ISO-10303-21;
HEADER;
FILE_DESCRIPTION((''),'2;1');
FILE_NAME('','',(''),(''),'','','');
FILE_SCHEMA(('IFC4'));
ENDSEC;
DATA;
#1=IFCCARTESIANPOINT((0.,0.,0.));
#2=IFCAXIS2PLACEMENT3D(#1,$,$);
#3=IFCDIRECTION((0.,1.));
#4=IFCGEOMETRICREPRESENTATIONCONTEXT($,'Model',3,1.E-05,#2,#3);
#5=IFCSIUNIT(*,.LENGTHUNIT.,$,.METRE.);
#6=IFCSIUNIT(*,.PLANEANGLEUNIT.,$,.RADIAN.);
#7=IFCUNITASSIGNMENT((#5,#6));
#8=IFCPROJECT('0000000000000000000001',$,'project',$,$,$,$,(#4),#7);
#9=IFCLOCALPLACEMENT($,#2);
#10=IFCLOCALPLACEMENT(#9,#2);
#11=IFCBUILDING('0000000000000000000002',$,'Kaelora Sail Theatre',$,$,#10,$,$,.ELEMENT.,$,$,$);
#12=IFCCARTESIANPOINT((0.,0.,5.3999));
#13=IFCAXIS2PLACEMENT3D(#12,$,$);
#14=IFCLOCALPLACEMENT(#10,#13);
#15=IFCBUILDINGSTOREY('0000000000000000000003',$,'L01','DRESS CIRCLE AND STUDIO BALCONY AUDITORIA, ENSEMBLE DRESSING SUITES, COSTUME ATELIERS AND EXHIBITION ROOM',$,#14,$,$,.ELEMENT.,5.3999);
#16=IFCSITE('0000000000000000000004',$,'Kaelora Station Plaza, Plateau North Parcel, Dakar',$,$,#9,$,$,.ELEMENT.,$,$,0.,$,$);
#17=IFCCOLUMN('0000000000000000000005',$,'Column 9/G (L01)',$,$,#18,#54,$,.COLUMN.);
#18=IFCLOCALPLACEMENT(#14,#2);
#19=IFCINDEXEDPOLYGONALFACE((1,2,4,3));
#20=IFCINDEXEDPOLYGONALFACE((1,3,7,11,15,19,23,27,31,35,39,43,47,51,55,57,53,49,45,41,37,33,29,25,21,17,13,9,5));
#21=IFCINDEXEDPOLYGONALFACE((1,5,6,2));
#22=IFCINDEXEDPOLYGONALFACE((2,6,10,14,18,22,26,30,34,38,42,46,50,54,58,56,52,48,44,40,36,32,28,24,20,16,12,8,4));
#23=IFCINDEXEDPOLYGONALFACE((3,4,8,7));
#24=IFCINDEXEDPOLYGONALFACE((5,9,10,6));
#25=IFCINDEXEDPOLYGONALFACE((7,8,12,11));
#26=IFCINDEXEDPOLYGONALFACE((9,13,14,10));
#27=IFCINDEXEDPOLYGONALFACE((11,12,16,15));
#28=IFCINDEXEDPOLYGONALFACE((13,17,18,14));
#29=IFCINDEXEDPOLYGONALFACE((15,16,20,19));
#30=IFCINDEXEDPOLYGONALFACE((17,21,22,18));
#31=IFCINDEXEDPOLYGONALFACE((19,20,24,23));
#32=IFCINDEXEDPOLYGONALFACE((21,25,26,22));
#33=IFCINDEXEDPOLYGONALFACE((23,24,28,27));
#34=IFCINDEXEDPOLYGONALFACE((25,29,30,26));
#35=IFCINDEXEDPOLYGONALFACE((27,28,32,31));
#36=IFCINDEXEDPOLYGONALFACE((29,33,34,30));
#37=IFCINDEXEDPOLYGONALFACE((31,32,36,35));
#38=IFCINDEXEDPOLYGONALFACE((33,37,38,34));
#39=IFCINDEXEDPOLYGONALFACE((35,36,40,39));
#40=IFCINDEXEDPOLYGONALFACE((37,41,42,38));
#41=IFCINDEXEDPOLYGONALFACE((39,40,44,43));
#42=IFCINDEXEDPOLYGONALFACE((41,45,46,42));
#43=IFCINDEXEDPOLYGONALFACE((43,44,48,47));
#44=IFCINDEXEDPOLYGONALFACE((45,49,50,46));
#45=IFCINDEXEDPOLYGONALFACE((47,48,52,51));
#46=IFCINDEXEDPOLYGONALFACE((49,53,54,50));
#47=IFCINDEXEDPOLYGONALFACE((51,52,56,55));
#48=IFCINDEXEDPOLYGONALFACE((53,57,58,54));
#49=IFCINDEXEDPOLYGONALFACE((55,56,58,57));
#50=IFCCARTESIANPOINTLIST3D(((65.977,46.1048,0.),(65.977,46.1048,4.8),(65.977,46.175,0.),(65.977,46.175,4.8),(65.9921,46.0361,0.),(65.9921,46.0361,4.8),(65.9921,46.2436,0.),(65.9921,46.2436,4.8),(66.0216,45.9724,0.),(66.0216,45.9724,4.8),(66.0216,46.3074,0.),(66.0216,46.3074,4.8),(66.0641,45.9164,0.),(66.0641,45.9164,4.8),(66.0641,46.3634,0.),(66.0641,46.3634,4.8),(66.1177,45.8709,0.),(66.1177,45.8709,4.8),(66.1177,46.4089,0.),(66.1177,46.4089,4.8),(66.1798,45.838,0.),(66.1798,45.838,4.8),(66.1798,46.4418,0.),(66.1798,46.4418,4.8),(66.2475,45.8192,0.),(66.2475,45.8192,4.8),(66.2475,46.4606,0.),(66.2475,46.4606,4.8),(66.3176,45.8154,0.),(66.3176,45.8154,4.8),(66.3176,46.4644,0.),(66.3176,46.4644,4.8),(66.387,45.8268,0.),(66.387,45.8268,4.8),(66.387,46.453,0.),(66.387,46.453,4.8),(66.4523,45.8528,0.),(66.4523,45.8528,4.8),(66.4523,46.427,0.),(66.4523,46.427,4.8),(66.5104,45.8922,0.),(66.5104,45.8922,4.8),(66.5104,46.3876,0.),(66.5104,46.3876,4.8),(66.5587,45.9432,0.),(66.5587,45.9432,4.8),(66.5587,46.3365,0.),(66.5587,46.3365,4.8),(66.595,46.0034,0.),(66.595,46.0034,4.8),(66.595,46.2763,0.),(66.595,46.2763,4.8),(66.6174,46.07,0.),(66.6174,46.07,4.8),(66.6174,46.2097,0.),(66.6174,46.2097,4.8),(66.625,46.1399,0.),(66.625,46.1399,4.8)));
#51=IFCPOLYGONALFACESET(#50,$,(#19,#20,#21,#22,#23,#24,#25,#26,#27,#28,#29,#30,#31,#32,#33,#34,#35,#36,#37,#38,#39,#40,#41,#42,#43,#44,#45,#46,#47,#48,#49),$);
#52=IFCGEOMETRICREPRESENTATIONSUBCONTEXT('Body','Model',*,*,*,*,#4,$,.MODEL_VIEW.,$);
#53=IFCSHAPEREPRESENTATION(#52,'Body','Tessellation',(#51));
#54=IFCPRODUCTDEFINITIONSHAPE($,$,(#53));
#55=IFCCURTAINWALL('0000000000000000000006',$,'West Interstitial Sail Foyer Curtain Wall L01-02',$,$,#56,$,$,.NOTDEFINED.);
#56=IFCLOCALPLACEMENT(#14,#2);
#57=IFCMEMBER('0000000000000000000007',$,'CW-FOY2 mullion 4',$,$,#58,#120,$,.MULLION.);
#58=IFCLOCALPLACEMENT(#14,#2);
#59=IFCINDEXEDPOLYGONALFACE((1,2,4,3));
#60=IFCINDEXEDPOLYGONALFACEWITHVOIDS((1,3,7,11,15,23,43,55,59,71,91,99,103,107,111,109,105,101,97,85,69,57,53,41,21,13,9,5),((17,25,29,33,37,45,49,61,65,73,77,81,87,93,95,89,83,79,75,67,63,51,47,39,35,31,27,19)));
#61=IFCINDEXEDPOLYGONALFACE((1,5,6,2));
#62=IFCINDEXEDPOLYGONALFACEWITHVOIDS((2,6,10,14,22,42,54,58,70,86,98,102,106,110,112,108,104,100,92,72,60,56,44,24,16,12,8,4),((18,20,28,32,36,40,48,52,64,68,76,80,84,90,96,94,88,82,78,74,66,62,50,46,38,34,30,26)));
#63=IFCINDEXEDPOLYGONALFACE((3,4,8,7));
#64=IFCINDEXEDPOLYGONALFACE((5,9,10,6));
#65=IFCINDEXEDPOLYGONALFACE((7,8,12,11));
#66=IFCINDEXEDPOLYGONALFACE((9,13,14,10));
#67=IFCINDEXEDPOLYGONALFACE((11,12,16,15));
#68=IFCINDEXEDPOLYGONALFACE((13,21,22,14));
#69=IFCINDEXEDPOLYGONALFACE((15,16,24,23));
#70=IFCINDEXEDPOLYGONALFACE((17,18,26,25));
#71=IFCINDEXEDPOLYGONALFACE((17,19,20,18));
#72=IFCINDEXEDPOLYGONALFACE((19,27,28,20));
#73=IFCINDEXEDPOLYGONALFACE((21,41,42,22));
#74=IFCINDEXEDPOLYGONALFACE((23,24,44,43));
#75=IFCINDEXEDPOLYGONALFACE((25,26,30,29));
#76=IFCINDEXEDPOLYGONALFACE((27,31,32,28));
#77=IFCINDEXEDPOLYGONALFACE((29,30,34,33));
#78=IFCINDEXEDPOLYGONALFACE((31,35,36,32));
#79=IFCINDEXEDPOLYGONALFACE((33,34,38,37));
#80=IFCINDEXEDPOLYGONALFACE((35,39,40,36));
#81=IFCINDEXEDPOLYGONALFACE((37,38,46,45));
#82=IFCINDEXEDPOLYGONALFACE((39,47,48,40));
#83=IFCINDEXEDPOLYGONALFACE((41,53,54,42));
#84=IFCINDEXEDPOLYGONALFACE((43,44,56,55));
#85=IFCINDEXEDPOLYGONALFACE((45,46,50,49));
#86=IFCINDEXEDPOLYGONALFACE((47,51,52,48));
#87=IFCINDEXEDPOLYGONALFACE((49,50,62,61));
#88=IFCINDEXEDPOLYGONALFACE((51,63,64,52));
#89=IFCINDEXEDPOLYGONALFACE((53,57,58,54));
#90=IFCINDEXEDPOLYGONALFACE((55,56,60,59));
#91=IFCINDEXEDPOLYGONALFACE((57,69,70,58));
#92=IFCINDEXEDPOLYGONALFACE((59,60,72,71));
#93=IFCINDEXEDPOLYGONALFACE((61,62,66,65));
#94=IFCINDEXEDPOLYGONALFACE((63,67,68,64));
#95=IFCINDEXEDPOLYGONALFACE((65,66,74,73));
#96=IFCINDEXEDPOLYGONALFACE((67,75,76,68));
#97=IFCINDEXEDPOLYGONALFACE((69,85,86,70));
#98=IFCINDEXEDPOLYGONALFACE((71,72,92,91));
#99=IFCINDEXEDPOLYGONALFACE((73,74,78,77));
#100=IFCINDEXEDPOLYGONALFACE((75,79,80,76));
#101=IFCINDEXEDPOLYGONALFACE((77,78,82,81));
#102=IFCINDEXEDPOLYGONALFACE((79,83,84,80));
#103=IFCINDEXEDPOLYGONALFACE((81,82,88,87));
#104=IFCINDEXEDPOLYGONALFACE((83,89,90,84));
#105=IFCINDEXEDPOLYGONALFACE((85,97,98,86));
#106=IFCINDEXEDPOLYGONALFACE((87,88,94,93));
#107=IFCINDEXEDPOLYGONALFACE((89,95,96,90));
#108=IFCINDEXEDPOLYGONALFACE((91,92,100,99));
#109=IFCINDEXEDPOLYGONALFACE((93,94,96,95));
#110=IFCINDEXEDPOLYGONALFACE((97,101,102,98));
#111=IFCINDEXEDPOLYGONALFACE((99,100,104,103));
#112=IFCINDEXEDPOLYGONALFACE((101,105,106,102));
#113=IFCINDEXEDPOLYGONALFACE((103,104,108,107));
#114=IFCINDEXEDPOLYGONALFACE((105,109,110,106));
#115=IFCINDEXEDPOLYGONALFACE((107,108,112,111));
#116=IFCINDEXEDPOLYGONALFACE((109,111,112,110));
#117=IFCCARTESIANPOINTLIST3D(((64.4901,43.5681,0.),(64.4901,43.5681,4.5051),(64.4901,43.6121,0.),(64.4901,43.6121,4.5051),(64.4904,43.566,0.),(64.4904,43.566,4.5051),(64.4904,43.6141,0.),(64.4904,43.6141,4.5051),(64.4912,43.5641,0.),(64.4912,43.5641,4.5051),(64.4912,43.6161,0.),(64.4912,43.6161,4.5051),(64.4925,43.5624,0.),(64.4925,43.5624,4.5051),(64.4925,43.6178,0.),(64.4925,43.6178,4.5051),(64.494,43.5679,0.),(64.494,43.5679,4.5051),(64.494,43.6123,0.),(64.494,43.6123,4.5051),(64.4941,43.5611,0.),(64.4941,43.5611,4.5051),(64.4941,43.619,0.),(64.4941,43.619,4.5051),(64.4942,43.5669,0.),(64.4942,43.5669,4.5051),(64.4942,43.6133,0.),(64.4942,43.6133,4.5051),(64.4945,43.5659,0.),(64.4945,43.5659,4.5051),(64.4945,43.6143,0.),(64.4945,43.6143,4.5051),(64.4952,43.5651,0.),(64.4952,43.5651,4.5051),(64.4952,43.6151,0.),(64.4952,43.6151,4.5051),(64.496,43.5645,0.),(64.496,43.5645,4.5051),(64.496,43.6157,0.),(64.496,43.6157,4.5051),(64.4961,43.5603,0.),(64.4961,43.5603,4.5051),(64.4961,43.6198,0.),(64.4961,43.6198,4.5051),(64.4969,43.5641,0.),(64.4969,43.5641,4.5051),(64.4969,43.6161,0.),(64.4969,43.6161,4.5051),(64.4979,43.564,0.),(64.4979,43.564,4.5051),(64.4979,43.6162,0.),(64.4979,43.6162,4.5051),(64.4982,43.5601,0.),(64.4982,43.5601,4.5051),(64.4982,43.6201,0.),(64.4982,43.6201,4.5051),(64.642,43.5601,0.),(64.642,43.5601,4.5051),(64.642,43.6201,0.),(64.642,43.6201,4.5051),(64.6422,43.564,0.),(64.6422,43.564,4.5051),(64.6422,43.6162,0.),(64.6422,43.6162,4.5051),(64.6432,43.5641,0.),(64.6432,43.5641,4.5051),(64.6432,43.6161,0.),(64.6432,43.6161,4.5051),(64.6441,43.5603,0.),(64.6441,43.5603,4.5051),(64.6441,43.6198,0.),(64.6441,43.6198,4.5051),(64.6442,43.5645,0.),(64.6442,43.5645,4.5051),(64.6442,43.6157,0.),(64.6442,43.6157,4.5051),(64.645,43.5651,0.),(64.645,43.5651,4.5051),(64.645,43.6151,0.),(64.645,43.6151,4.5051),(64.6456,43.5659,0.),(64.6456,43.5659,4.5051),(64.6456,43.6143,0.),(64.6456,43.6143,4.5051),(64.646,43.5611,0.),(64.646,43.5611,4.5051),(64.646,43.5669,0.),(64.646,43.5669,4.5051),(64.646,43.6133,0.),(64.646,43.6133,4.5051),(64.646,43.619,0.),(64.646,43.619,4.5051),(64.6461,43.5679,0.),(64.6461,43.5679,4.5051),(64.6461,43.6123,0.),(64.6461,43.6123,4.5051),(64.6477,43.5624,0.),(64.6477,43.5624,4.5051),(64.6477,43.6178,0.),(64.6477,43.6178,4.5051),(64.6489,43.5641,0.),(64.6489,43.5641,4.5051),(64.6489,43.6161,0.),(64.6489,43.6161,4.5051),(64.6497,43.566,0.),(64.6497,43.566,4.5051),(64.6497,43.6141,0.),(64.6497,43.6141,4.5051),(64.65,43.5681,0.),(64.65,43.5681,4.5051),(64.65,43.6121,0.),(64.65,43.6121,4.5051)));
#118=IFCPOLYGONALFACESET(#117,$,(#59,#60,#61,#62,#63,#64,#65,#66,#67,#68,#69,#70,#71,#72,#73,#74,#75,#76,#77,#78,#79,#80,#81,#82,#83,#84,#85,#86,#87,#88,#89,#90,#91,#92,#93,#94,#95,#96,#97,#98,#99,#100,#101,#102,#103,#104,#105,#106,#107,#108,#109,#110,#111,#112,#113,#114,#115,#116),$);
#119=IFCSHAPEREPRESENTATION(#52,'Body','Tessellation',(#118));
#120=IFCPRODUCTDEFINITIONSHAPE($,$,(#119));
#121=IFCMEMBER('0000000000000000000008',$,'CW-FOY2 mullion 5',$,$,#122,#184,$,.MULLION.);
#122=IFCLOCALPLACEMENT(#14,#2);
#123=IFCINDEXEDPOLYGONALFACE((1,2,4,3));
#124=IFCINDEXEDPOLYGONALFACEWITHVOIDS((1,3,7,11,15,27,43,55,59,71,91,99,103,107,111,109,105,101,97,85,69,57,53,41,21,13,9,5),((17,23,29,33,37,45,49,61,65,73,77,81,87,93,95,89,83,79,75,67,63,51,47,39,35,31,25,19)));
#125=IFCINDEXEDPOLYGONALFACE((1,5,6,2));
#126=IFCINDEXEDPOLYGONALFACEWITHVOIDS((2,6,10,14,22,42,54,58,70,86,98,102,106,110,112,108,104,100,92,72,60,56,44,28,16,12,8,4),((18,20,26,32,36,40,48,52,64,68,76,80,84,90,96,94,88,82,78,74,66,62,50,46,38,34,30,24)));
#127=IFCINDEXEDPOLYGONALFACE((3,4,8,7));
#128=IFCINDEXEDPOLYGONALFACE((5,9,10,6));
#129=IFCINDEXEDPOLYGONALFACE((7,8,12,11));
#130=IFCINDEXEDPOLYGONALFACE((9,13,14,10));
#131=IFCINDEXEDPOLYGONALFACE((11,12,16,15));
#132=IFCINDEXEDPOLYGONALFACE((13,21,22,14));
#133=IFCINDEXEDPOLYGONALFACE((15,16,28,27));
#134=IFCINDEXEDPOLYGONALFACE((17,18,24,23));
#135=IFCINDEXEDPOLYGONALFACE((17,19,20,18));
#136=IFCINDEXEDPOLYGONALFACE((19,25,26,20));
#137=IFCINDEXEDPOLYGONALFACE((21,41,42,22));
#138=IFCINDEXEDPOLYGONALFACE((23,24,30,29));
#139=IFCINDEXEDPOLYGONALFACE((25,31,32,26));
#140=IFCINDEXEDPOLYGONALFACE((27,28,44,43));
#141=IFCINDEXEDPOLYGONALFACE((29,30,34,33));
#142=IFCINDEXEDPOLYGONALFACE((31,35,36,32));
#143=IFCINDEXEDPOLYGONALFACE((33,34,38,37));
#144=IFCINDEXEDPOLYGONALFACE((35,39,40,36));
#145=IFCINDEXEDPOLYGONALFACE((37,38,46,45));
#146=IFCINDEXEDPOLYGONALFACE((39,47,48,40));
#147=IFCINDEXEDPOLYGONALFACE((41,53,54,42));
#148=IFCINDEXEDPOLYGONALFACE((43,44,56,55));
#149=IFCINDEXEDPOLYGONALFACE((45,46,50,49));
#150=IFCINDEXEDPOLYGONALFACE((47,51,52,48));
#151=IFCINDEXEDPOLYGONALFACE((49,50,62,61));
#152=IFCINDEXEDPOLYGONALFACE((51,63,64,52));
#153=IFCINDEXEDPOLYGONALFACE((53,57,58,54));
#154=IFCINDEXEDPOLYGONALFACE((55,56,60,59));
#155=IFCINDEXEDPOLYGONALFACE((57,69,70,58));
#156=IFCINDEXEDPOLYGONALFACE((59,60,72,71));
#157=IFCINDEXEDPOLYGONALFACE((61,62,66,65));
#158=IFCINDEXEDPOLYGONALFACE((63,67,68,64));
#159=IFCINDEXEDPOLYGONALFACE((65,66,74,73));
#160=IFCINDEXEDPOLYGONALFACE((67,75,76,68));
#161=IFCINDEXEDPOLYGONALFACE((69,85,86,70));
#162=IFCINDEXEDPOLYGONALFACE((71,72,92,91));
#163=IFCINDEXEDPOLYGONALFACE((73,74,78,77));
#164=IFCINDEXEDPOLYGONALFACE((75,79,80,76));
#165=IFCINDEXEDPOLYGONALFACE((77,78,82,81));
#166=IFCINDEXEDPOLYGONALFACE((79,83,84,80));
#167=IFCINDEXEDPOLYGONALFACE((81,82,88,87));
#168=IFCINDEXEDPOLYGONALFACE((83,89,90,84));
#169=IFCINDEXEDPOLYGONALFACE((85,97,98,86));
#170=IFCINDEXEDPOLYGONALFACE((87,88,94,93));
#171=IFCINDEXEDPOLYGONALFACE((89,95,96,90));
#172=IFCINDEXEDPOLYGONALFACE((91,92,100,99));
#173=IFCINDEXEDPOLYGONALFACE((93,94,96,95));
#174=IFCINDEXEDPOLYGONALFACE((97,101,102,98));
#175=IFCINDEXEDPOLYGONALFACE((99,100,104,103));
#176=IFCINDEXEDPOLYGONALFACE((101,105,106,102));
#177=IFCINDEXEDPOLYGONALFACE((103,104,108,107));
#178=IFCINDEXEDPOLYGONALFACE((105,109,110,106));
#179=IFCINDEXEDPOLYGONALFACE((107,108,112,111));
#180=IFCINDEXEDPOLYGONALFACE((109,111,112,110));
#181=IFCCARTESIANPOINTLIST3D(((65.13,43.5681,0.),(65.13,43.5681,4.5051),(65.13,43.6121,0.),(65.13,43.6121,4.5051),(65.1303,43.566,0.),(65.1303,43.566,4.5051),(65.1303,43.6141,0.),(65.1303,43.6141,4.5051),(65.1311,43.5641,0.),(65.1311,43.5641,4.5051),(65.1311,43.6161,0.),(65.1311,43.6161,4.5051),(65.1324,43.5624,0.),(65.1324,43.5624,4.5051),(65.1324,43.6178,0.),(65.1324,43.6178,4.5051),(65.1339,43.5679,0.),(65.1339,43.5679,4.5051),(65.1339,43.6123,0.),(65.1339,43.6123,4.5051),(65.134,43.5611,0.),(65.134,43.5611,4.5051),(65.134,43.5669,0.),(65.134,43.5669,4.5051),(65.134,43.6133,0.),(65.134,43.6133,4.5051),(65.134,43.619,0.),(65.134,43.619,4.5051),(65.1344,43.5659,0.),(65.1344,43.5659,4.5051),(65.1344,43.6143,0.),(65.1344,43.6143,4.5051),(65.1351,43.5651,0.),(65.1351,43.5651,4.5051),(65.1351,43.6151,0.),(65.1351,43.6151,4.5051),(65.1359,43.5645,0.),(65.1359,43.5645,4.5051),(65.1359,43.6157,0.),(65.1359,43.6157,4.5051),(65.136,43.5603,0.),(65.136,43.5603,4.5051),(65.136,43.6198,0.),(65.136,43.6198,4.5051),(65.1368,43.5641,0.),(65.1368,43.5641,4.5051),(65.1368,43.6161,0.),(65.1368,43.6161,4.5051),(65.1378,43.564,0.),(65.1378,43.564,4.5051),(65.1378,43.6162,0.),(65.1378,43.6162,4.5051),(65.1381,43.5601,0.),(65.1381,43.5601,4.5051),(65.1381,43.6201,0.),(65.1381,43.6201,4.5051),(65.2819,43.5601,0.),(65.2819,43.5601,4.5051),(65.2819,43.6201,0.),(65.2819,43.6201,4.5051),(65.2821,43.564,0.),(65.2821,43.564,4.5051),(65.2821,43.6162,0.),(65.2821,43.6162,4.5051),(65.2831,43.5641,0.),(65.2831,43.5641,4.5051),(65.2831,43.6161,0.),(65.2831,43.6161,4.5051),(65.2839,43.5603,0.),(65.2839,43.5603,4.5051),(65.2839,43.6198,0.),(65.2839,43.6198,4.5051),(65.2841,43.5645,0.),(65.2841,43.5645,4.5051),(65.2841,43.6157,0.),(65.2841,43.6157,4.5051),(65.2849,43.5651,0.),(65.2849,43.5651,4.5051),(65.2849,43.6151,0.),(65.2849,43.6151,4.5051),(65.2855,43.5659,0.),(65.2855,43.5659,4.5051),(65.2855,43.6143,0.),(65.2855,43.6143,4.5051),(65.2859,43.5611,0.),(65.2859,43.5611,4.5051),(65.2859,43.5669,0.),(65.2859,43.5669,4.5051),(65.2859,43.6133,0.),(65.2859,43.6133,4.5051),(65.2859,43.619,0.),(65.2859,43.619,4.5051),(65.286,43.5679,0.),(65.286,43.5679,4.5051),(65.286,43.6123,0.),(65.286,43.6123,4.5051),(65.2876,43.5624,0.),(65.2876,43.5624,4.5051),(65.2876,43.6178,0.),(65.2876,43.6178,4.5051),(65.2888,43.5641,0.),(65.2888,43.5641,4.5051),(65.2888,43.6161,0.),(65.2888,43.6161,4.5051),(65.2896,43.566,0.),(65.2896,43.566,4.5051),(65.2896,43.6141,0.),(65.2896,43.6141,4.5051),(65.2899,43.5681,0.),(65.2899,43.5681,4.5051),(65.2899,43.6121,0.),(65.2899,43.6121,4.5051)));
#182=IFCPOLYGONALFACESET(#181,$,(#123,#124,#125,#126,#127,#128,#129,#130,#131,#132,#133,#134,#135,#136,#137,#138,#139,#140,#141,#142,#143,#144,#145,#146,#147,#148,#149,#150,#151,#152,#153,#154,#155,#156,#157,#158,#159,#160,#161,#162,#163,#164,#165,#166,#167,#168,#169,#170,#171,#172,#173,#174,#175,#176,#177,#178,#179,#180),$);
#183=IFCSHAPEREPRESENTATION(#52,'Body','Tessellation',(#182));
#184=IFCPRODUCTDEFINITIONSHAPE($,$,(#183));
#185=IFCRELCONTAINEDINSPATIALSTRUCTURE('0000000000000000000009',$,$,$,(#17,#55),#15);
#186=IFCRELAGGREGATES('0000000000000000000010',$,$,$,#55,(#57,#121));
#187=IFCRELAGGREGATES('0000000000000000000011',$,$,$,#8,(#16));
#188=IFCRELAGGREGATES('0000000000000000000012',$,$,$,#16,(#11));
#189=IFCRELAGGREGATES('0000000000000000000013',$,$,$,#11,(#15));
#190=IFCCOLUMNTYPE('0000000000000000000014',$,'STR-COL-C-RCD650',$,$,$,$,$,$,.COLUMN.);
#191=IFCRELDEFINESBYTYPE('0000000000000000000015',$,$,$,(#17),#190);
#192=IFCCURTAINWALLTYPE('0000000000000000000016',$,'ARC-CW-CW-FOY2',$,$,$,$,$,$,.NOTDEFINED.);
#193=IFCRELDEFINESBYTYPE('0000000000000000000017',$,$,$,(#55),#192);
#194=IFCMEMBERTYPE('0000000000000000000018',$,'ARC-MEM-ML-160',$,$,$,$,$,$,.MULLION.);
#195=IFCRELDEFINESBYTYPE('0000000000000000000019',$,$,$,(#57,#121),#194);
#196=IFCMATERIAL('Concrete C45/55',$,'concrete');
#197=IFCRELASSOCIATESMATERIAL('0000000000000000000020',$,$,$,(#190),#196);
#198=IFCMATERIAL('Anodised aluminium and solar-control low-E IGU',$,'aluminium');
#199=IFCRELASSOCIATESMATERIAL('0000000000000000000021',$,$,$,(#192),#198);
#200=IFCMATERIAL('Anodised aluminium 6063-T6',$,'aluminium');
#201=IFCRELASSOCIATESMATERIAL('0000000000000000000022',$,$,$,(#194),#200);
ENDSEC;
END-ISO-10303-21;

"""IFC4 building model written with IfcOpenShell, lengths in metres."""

from ifc_helpers import new_model, si_unit, direction, frame, origin, origin_2d, place, context, subcontext, project, spatial, hollow_rectangle, circle, extrude, material, material_profile, profile_set, type_object, element, aggregate, save


model = new_model("IFC4")

# Units and contexts
model_context = context("Model", 3, precision=1e-05, world=origin(), true_north=direction((0.0, 1.0)))
body_context = subcontext(model_context, "Body", "Model", "MODEL_VIEW")
ifc_project = project(units=[si_unit("LENGTHUNIT", "METRE"), si_unit("PLANEANGLEUNIT", "RADIAN")], contexts=[model_context])

# Site, building, storey
site_placement = place(None, origin())
site = spatial("IfcSite", under=ifc_project, at=site_placement, Name="Kaelora Station Plaza, Plateau North Parcel, Dakar", CompositionType="ELEMENT", RefElevation=0.0)
building_placement = place(site_placement, origin())
building = spatial("IfcBuilding", under=site, at=building_placement, Name="Kaelora Sail Theatre", CompositionType="ELEMENT")
storey_placement = place(building_placement, frame((0.0, 0.0, 5.3999)))
storey = spatial("IfcBuildingStorey", under=building, at=storey_placement, Name="L01", Description="DRESS CIRCLE AND STUDIO BALCONY AUDITORIA, ENSEMBLE DRESSING SUITES, COSTUME ATELIERS AND EXHIBITION ROOM", CompositionType="ELEMENT", Elevation=5.3999)

# Column
ifc_material_1 = material(Name="Concrete C45/55", Category="concrete")
ifc_material_profile_1 = material_profile(ifc_material_1, circle(Radius=0.325, at=origin_2d()), Name="RC-CCOL D650")
ifc_profile_set_1 = profile_set([ifc_material_profile_1], Name="Concrete C45/55")
column_type = type_object("IfcColumnType", Name="STR-COL-C-RCD650", PredefinedType="COLUMN", material=ifc_profile_set_1)
column_placement = place(storey_placement, frame((66.3, 46.1399, 0.0), z_axis=(0.0, 0.0, 1.0), x_axis=(1.0, 0.0, 0.0)))
element("IfcColumn", 1, at=column_placement, inside=storey, type_object=column_type, Name="Column 9/G (L01)", PredefinedType="COLUMN", context=body_context, shape_type="SweptSolid", body=[
    extrude(circle(Radius=0.325, at=origin_2d()), origin(), (0.0, 0.0, 1.0), 4.8),
])

# Curtain wall, members
ifc_material_2 = material(Name="Anodised aluminium and solar-control low-E IGU", Category="aluminium")
curtain_wall_type = type_object("IfcCurtainWallType", Name="ARC-CW-CW-FOY2", PredefinedType="NOTDEFINED", material=ifc_material_2)
curtain_wall_1_placement = place(storey_placement, origin())
curtain_wall_1 = element("IfcCurtainWall", 2, at=curtain_wall_1_placement, inside=storey, type_object=curtain_wall_type, Name="West Interstitial Sail Foyer Curtain Wall L01-02", PredefinedType="NOTDEFINED")
ifc_material_3 = material(Name="Anodised aluminium 6063-T6", Category="aluminium")
ifc_material_profile_2 = material_profile(ifc_material_3, hollow_rectangle(XDim=0.0601, YDim=0.1599, WallThickness=0.0039, InnerFilletRadius=0.0039, OuterFilletRadius=0.0081, at=origin_2d()), Name="ALU-MULL 60x160x4")
ifc_profile_set_2 = profile_set([ifc_material_profile_2], Name="Anodised aluminium 6063-T6")
member_type_1 = type_object("IfcMemberType", Name="ARC-MEM-ML-160", PredefinedType="MULLION", material=ifc_profile_set_2)
member_1_placement = place(storey_placement, frame((64.5701, 43.5901, 0.0), z_axis=(0.0, 0.0, 1.0), x_axis=(0.0, 1.0, 0.0)))
member_1 = element("IfcMember", 3, at=member_1_placement, type_object=member_type_1, Name="CW-FOY2 mullion 4", PredefinedType="MULLION", context=body_context, shape_type="SweptSolid", body=[
    extrude(hollow_rectangle(XDim=0.0601, YDim=0.1599, WallThickness=0.0039, InnerFilletRadius=0.0039, OuterFilletRadius=0.0081, at=origin_2d()), origin(), (0.0, 0.0, 1.0), 4.5051),
])
member_2_placement = place(storey_placement, frame((65.21, 43.5901, 0.0), z_axis=(0.0, 0.0, 1.0), x_axis=(0.0, 1.0, 0.0)))
member_2 = element("IfcMember", 4, at=member_2_placement, type_object=member_type_1, Name="CW-FOY2 mullion 5", PredefinedType="MULLION", context=body_context, shape_type="SweptSolid", body=[
    extrude(hollow_rectangle(XDim=0.0601, YDim=0.1599, WallThickness=0.0039, InnerFilletRadius=0.0039, OuterFilletRadius=0.0081, at=origin_2d()), origin(), (0.0, 0.0, 1.0), 4.5051),
])

aggregate(curtain_wall_1, [member_1, member_2])

save(model, "model.ifc")
